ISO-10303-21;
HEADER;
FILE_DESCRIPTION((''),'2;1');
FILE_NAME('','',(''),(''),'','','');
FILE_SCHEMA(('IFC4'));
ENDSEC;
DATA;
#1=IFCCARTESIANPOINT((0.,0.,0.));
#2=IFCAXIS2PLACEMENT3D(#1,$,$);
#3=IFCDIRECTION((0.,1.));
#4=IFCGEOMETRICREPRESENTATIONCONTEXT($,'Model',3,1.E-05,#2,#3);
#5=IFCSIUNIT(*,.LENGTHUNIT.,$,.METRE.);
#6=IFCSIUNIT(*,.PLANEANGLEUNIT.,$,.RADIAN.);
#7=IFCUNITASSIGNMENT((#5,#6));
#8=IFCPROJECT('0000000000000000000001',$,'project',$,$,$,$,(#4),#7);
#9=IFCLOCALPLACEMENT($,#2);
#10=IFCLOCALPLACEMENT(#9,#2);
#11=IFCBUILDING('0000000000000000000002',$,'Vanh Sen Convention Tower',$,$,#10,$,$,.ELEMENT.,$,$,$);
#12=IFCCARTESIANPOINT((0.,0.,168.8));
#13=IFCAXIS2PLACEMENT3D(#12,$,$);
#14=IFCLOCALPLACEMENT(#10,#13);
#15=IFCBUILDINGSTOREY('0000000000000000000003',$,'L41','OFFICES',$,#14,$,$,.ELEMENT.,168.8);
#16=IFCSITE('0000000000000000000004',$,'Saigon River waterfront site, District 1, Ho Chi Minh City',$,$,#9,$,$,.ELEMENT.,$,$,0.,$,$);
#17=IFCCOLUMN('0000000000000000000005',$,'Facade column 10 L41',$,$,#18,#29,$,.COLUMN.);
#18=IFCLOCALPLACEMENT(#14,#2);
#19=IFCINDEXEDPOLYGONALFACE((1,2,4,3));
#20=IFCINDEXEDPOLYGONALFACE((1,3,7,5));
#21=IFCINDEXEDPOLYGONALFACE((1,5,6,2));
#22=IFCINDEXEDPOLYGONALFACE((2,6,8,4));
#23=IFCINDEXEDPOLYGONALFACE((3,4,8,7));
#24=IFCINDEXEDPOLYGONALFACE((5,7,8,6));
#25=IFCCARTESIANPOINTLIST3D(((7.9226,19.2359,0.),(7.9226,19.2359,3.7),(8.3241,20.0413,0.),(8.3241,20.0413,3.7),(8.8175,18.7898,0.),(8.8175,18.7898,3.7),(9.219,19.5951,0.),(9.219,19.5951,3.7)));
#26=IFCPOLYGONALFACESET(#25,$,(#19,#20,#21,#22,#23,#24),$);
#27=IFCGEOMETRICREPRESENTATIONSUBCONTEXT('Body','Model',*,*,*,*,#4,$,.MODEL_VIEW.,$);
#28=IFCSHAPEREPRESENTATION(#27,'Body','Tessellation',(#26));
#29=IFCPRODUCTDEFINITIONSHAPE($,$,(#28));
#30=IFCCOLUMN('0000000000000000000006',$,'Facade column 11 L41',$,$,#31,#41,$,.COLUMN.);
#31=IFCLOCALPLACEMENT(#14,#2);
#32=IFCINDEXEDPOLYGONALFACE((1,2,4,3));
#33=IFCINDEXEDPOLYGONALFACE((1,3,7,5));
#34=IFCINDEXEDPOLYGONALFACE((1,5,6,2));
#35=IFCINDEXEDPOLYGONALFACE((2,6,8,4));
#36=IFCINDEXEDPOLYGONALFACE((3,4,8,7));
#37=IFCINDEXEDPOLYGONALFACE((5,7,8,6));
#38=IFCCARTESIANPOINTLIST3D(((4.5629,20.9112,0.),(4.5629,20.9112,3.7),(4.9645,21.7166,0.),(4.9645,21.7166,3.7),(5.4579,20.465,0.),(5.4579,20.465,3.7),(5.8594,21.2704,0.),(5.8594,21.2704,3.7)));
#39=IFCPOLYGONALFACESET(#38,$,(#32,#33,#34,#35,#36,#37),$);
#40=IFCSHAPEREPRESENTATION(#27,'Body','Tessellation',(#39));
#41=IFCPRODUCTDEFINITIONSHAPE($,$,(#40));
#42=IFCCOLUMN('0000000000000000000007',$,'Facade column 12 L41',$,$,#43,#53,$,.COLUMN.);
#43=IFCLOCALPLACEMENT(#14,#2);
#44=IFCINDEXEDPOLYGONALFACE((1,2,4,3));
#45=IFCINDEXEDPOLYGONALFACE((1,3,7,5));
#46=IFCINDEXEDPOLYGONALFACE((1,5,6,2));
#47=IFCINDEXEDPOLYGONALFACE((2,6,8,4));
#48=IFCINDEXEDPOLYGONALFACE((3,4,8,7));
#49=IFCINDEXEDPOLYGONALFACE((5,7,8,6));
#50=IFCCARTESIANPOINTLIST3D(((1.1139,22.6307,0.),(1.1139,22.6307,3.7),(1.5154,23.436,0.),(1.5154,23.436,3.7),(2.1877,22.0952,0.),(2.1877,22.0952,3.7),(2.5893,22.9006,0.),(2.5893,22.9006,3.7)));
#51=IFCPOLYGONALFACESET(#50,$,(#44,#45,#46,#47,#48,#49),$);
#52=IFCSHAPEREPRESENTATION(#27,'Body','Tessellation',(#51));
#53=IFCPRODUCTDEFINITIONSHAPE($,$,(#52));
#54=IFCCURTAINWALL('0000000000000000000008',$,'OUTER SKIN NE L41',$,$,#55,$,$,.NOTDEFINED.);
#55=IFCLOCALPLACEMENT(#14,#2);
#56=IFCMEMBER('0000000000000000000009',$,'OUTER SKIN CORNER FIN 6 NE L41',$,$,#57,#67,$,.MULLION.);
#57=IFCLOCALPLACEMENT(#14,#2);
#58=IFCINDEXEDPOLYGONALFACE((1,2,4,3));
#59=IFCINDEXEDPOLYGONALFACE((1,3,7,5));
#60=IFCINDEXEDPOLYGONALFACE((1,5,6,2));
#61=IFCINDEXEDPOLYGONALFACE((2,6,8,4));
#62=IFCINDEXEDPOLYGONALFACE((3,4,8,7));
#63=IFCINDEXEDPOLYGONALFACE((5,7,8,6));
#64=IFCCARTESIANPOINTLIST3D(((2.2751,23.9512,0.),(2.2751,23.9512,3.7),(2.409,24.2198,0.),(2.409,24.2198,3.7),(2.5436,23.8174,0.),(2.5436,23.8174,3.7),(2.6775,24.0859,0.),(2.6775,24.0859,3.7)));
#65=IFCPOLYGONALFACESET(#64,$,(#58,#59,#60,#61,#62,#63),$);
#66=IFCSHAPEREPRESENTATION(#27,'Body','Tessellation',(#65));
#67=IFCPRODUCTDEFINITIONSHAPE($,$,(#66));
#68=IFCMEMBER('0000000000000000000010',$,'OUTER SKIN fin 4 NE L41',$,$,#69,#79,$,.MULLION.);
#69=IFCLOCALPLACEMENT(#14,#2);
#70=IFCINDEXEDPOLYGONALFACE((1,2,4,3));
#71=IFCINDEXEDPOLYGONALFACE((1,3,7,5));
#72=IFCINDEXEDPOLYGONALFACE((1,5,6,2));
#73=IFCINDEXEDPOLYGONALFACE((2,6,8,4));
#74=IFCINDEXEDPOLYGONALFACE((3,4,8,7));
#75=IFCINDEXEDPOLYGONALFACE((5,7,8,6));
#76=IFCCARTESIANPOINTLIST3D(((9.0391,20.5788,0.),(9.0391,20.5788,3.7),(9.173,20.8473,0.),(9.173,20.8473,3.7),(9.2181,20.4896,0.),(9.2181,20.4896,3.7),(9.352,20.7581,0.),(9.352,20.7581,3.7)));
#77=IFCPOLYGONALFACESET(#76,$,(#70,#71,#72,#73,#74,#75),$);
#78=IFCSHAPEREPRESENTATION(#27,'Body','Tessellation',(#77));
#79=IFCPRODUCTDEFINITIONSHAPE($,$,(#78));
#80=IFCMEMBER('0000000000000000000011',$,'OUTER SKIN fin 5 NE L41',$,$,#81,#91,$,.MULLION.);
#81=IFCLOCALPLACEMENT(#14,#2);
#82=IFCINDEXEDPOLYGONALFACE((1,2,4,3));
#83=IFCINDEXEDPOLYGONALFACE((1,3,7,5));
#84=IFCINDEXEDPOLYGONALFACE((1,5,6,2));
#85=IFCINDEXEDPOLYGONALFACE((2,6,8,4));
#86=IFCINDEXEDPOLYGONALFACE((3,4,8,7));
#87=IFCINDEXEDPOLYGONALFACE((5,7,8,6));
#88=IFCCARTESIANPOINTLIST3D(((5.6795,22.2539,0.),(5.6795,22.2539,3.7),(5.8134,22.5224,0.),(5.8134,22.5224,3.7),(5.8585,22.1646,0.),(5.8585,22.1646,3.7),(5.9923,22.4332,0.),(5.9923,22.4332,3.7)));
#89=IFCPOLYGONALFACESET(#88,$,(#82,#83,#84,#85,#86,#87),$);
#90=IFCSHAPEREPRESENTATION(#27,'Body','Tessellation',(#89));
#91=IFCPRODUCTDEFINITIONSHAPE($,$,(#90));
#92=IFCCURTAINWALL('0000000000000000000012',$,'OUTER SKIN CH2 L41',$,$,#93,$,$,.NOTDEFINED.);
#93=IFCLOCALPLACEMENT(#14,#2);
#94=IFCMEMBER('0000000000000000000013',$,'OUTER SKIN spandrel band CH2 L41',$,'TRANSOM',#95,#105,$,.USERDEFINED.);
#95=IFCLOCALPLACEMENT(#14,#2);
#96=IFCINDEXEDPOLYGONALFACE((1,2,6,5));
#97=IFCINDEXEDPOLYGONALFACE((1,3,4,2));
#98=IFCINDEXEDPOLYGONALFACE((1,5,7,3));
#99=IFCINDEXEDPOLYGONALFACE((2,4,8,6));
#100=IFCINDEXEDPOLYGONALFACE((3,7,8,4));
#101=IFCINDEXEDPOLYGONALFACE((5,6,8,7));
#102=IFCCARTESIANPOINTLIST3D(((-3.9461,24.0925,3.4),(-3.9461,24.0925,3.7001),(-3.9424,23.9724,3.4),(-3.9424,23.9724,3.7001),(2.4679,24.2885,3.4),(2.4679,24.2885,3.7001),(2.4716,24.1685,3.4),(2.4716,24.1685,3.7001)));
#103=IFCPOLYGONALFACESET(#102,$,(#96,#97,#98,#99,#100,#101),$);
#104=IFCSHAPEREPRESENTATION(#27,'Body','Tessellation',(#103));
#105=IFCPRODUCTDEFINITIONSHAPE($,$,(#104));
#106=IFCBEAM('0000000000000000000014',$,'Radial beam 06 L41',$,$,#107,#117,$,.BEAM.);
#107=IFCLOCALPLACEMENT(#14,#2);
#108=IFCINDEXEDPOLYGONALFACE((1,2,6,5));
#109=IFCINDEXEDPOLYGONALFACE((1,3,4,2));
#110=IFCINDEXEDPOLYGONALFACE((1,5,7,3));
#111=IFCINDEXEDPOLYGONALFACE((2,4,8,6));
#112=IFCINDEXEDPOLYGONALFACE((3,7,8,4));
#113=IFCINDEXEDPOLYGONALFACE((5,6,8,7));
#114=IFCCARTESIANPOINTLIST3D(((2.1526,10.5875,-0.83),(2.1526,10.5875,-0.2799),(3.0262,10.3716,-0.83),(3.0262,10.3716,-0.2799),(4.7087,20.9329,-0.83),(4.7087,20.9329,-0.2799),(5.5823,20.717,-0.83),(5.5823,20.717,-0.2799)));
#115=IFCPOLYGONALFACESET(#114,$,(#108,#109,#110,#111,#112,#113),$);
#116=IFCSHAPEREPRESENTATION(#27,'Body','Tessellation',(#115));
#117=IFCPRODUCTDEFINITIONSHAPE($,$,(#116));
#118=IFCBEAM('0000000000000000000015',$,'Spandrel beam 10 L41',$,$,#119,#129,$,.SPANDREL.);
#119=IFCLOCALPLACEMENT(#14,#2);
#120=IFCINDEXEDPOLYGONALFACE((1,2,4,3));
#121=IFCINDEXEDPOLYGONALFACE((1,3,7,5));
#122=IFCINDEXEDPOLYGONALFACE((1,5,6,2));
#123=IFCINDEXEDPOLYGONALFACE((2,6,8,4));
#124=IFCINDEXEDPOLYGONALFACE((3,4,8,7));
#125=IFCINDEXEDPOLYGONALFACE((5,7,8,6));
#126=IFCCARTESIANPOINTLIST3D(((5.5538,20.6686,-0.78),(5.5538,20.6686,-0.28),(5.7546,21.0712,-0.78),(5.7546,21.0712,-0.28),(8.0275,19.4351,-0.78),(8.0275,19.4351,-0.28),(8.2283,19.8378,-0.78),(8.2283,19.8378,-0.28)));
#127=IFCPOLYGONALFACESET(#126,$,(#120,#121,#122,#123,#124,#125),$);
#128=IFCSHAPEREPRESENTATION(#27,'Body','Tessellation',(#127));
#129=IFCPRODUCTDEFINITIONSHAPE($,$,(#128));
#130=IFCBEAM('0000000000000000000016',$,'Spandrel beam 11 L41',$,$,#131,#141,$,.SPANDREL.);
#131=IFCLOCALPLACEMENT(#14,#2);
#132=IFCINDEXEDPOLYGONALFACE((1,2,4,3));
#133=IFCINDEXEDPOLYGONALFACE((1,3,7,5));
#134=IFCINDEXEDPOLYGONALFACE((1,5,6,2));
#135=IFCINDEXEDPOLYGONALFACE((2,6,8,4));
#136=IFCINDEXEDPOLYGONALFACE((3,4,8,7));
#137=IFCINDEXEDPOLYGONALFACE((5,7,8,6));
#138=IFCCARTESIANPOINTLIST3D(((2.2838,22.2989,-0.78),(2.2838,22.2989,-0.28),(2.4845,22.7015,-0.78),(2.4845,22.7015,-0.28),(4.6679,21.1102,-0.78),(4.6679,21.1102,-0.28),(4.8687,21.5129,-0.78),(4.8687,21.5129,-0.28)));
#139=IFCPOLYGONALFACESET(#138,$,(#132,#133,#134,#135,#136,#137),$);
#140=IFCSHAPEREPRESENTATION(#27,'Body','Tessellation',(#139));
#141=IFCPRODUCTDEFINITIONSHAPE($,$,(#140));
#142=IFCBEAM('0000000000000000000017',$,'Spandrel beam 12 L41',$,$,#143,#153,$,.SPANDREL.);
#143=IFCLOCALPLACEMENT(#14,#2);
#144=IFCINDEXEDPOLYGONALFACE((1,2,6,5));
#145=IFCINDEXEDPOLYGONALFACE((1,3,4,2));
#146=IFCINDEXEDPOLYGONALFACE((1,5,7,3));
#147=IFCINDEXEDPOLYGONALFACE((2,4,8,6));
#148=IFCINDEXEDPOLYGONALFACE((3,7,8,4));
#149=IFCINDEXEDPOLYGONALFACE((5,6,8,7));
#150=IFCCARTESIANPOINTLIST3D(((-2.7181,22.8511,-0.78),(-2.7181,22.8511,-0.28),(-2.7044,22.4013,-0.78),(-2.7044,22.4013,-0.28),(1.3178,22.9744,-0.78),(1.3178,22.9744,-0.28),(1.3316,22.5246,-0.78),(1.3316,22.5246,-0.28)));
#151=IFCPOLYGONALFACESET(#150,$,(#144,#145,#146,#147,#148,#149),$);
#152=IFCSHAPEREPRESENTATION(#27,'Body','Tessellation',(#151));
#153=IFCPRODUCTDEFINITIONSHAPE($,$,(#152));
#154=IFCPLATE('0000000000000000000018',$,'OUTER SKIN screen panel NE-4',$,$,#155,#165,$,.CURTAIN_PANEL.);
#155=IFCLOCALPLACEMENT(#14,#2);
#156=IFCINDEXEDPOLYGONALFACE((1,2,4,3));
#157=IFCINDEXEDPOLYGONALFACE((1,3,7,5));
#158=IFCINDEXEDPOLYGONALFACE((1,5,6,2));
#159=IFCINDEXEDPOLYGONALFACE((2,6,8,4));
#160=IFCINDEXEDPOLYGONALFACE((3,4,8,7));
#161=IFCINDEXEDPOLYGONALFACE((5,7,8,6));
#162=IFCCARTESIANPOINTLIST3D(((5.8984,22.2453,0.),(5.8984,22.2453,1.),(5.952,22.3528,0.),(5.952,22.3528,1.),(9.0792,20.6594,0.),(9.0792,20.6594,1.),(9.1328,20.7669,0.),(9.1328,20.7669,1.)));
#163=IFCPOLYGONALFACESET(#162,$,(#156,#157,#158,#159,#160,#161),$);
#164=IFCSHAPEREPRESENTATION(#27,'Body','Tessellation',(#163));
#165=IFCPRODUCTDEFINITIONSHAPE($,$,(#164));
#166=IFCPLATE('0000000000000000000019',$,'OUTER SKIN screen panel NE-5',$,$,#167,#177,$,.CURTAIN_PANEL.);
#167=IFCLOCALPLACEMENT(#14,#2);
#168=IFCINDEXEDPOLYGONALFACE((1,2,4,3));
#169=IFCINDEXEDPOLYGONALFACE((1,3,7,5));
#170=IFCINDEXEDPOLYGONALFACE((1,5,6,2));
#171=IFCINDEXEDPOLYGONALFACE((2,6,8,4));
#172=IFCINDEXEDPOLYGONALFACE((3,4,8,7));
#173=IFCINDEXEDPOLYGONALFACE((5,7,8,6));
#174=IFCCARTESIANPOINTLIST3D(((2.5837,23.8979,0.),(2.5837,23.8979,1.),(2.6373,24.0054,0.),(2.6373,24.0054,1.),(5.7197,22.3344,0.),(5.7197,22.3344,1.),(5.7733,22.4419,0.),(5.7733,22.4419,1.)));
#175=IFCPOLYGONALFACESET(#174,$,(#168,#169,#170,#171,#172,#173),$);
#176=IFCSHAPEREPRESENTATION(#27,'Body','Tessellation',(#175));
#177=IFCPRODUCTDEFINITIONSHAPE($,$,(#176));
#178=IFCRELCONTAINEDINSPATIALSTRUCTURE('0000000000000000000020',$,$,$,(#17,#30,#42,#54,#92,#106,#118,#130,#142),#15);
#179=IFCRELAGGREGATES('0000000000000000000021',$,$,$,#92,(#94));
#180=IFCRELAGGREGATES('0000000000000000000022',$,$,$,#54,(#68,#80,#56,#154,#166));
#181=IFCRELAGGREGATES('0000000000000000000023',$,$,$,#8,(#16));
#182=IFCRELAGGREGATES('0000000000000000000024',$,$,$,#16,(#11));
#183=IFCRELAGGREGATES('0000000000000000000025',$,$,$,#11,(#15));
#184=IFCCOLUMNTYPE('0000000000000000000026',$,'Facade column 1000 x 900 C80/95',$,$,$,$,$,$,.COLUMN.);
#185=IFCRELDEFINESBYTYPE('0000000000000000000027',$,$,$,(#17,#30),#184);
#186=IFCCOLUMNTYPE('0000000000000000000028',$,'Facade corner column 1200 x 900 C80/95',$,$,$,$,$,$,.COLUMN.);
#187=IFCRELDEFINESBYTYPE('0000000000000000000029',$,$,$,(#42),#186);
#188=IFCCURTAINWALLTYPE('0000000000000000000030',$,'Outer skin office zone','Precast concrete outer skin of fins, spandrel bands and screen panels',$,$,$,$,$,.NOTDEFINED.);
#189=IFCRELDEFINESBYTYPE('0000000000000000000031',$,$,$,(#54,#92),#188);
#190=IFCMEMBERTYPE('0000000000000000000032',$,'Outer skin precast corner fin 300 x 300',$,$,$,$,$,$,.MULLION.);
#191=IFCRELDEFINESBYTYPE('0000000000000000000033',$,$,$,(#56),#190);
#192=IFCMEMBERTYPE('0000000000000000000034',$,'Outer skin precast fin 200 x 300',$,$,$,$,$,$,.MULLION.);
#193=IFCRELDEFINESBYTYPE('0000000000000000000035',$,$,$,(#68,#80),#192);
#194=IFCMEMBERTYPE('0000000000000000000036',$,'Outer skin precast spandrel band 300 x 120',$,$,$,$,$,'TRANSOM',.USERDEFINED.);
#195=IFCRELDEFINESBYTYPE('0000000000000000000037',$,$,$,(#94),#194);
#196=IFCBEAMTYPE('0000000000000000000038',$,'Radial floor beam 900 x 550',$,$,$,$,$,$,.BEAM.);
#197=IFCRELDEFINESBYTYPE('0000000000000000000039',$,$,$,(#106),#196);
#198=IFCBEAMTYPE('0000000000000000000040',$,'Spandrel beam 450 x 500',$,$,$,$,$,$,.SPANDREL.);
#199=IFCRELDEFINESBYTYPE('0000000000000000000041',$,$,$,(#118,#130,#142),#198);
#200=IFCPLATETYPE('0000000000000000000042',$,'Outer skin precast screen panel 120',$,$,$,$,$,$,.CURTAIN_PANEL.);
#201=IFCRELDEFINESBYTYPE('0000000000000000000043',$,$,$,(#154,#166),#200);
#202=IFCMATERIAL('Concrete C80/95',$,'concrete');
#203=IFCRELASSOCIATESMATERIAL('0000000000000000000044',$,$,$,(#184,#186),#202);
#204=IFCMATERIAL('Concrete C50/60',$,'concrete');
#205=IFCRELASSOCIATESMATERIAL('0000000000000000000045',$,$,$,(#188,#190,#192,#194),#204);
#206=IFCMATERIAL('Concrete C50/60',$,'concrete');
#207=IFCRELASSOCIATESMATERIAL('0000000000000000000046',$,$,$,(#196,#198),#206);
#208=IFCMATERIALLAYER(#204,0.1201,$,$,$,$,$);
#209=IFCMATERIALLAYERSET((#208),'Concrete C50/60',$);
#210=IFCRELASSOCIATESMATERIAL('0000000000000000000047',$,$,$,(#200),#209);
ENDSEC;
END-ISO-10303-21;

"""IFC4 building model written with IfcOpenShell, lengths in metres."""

from ifc_helpers import new_model, si_unit, direction, frame, origin, origin_2d, place, context, subcontext, project, spatial, rectangle, extrude, material, layer, layer_set, material_profile, profile_set, type_object, element, aggregate, save


model = new_model("IFC4")

# Units and contexts
model_context = context("Model", 3, precision=1e-05, world=origin(), true_north=direction((0.0, 1.0)))
body_context = subcontext(model_context, "Body", "Model", "MODEL_VIEW")
ifc_project = project(units=[si_unit("LENGTHUNIT", "METRE"), si_unit("PLANEANGLEUNIT", "RADIAN")], contexts=[model_context])

# Site, building, storey
site_placement = place(None, origin())
site = spatial("IfcSite", under=ifc_project, at=site_placement, Name="Saigon River waterfront site, District 1, Ho Chi Minh City", CompositionType="ELEMENT", RefElevation=0.0)
building_placement = place(site_placement, origin())
building = spatial("IfcBuilding", under=site, at=building_placement, Name="Vanh Sen Convention Tower", CompositionType="ELEMENT")
storey_placement = place(building_placement, frame((0.0, 0.0, 168.8)))
storey = spatial("IfcBuildingStorey", under=building, at=storey_placement, Name="L41", Description="OFFICES", CompositionType="ELEMENT", Elevation=168.8)

# Columns
ifc_material_1 = material(Name="Concrete C80/95", Category="concrete")
ifc_material_profile_1 = material_profile(ifc_material_1, rectangle(XDim=1.0, YDim=0.8999, at=origin_2d()), Name="RC 1000X900")
ifc_profile_set_1 = profile_set([ifc_material_profile_1], Name="Concrete C80/95")
column_type_1 = type_object("IfcColumnType", Name="Facade column 1000 x 900 C80/95", PredefinedType="COLUMN", material=ifc_profile_set_1)
for number, where, z_axis, x_axis, name in (
    (1, (8.5708, 19.4155, 0.0), (0.0, 0.0, 1.0), (-0.894934, 0.446198, 0.0), "Facade column 10 L41"),
    (2, (5.2112, 21.0908, 0.0), (0.0, 0.0, 1.0), (-0.894934, 0.446198, 0.0), "Facade column 11 L41"),
):
    element("IfcColumn", number, at=place(storey_placement, frame(where, z_axis=z_axis, x_axis=x_axis)), inside=storey, type_object=column_type_1, Name=name, PredefinedType="COLUMN", context=body_context, shape_type="SweptSolid", body=[
        extrude(rectangle(XDim=1.0, YDim=0.8999, at=origin_2d()), origin(), (0.0, 0.0, 1.0), 3.7),
    ])
ifc_material_profile_2 = material_profile(ifc_material_1, rectangle(XDim=1.2, YDim=0.8999, at=origin_2d()), Name="RC 1200X900")
ifc_profile_set_2 = profile_set([ifc_material_profile_2], Name="Concrete C80/95")
column_type_2 = type_object("IfcColumnType", Name="Facade corner column 1200 x 900 C80/95", PredefinedType="COLUMN", material=ifc_profile_set_2)
column_placement = place(storey_placement, frame((1.8516, 22.7656, 0.0), z_axis=(0.0, 0.0, 1.0), x_axis=(-0.894934, 0.446198, 0.0)))
element("IfcColumn", 3, at=column_placement, inside=storey, type_object=column_type_2, Name="Facade column 12 L41", PredefinedType="COLUMN", context=body_context, shape_type="SweptSolid", body=[
    extrude(rectangle(XDim=1.2, YDim=0.8999, at=origin_2d()), origin(), (0.0, 0.0, 1.0), 3.7),
])

# Curtain wall, members
ifc_material_2 = material(Name="Concrete C50/60", Category="concrete")
curtain_wall_type = type_object("IfcCurtainWallType", Name="Outer skin office zone", Description="Precast concrete outer skin of fins, spandrel bands and screen panels", PredefinedType="NOTDEFINED", material=ifc_material_2)
curtain_wall_1_placement = place(storey_placement, origin())
curtain_wall_1 = element("IfcCurtainWall", 4, at=curtain_wall_1_placement, inside=storey, type_object=curtain_wall_type, Name="OUTER SKIN NE L41", PredefinedType="NOTDEFINED")
ifc_material_profile_3 = material_profile(ifc_material_2, rectangle(XDim=0.3, YDim=0.3, at=origin_2d()), Name="Outer skin precast corner fin 300 x 300")
ifc_profile_set_3 = profile_set([ifc_material_profile_3], Name="Concrete C50/60")
member_type_1 = type_object("IfcMemberType", Name="Outer skin precast corner fin 300 x 300", PredefinedType="MULLION", material=ifc_profile_set_3)
member_1_placement = place(storey_placement, frame((2.4763, 24.0186, 0.0), z_axis=(0.0, 0.0, 1.0), x_axis=(-0.894934, 0.446198, 0.0)))
member_1 = element("IfcMember", 5, at=member_1_placement, type_object=member_type_1, Name="OUTER SKIN CORNER FIN 6 NE L41", PredefinedType="MULLION", context=body_context, shape_type="SweptSolid", body=[
    extrude(rectangle(XDim=0.3, YDim=0.3, at=origin_2d()), origin(), (0.0, 0.0, 1.0), 3.7),
])
ifc_material_profile_4 = material_profile(ifc_material_2, rectangle(XDim=0.2, YDim=0.3, at=origin_2d()), Name="Outer skin precast fin 200 x 300")
ifc_profile_set_4 = profile_set([ifc_material_profile_4], Name="Concrete C50/60")
member_type_2 = type_object("IfcMemberType", Name="Outer skin precast fin 200 x 300", PredefinedType="MULLION", material=ifc_profile_set_4)
member_2_placement = place(storey_placement, frame((9.1956, 20.6685, 0.0), z_axis=(0.0, 0.0, 1.0), x_axis=(-0.894934, 0.446198, 0.0)))
member_2 = element("IfcMember", 6, at=member_2_placement, type_object=member_type_2, Name="OUTER SKIN fin 4 NE L41", PredefinedType="MULLION", context=body_context, shape_type="SweptSolid", body=[
    extrude(rectangle(XDim=0.2, YDim=0.3, at=origin_2d()), origin(), (0.0, 0.0, 1.0), 3.7),
])
member_3_placement = place(storey_placement, frame((5.8359, 22.3435, 0.0), z_axis=(0.0, 0.0, 1.0), x_axis=(-0.894934, 0.446198, 0.0)))
member_3 = element("IfcMember", 7, at=member_3_placement, type_object=member_type_2, Name="OUTER SKIN fin 5 NE L41", PredefinedType="MULLION", context=body_context, shape_type="SweptSolid", body=[
    extrude(rectangle(XDim=0.2, YDim=0.3, at=origin_2d()), origin(), (0.0, 0.0, 1.0), 3.7),
])

# Curtain wall, member
curtain_wall_2_placement = place(storey_placement, origin())
curtain_wall_2 = element("IfcCurtainWall", 8, at=curtain_wall_2_placement, inside=storey, type_object=curtain_wall_type, Name="OUTER SKIN CH2 L41", PredefinedType="NOTDEFINED")
ifc_material_profile_5 = material_profile(ifc_material_2, rectangle(XDim=0.1201, YDim=0.3, at=origin_2d()), Name="Outer skin precast spandrel band 300 x 120")
ifc_profile_set_5 = profile_set([ifc_material_profile_5], Name="Concrete C50/60")
member_type_3 = type_object("IfcMemberType", Name="Outer skin precast spandrel band 300 x 120", ElementType="TRANSOM", PredefinedType="USERDEFINED", material=ifc_profile_set_5)
member_4_placement = place(storey_placement, frame((2.4697, 24.2285, 3.55), z_axis=(-0.999533, -0.030551, 0.0), x_axis=(0.030551, -0.999533, 0.0)))
member_4 = element("IfcMember", 9, at=member_4_placement, type_object=member_type_3, Name="OUTER SKIN spandrel band CH2 L41", ObjectType="TRANSOM", PredefinedType="USERDEFINED", context=body_context, shape_type="SweptSolid", body=[
    extrude(rectangle(XDim=0.1201, YDim=0.3, at=origin_2d()), origin(), (0.0, 0.0, 1.0), 6.417),
])
aggregate(curtain_wall_2, [member_4])

# Beams
ifc_material_3 = material(Name="Concrete C50/60", Category="concrete")
ifc_material_profile_6 = material_profile(ifc_material_3, rectangle(XDim=0.8999, YDim=0.55, at=origin_2d()), Name="RC 900X550")
ifc_profile_set_6 = profile_set([ifc_material_profile_6], Name="Concrete C50/60")
beam_type_1 = type_object("IfcBeamType", Name="Radial floor beam 900 x 550", PredefinedType="BEAM", material=ifc_profile_set_6)
beam_1_placement = place(storey_placement, frame((5.1455, 20.825, -0.5549), z_axis=(-0.239866, -0.970806, 0.0), x_axis=(0.970806, -0.239866, 0.0)))
element("IfcBeam", 10, at=beam_1_placement, inside=storey, type_object=beam_type_1, Name="Radial beam 06 L41", PredefinedType="BEAM", context=body_context, shape_type="SweptSolid", body=[
    extrude(rectangle(XDim=0.8999, YDim=0.55, at=origin_2d()), origin(), (0.0, 0.0, 1.0), 10.6565),
])
ifc_material_profile_7 = material_profile(ifc_material_3, rectangle(XDim=0.45, YDim=0.5, at=origin_2d()), Name="RC 450X500")
ifc_profile_set_7 = profile_set([ifc_material_profile_7], Name="Concrete C50/60")
beam_type_2 = type_object("IfcBeamType", Name="Spandrel beam 450 x 500", PredefinedType="SPANDREL", material=ifc_profile_set_7)
beam_2_placement = place(storey_placement, frame((8.1279, 19.6365, -0.53), z_axis=(-0.894921, 0.446224, 0.0), x_axis=(-0.446224, -0.894921, 0.0)))
element("IfcBeam", 11, at=beam_2_placement, inside=storey, type_object=beam_type_2, Name="Spandrel beam 10 L41", PredefinedType="SPANDREL", context=body_context, shape_type="SweptSolid", body=[
    extrude(rectangle(XDim=0.45, YDim=0.5, at=origin_2d()), origin(), (0.0, 0.0, 1.0), 2.7642),
])
beam_3_placement = place(storey_placement, frame((4.7683, 21.3115, -0.53), z_axis=(-0.89494, 0.446187, 0.0), x_axis=(-0.446187, -0.89494, 0.0)))
element("IfcBeam", 12, at=beam_3_placement, inside=storey, type_object=beam_type_2, Name="Spandrel beam 11 L41", PredefinedType="SPANDREL", context=body_context, shape_type="SweptSolid", body=[
    extrude(rectangle(XDim=0.45, YDim=0.5, at=origin_2d()), origin(), (0.0, 0.0, 1.0), 2.6641),
])
beam_4_placement = place(storey_placement, frame((1.3247, 22.7495, -0.53), z_axis=(-0.999534, -0.030534, 0.0), x_axis=(0.030534, -0.999534, 0.0)))
element("IfcBeam", 13, at=beam_4_placement, inside=storey, type_object=beam_type_2, Name="Spandrel beam 12 L41", PredefinedType="SPANDREL", context=body_context, shape_type="SweptSolid", body=[
    extrude(rectangle(XDim=0.45, YDim=0.5, at=origin_2d()), origin(), (0.0, 0.0, 1.0), 4.0378),
])

# Plates
ifc_layer_1 = layer(ifc_material_2, 0.1201)
ifc_layer_set_1 = layer_set([ifc_layer_1], Name="Concrete C50/60")
plate_type = type_object("IfcPlateType", Name="Outer skin precast screen panel 120", PredefinedType="CURTAIN_PANEL", material=ifc_layer_set_1)
plate_1_placement = place(storey_placement, frame((7.5156, 21.5061, 0.0), z_axis=(0.0, 0.0, 1.0), x_axis=(-0.894933, 0.446201, 0.0)))
plate_1 = element("IfcPlate", 14, at=plate_1_placement, type_object=plate_type, Name="OUTER SKIN screen panel NE-4", PredefinedType="CURTAIN_PANEL", context=body_context, shape_type="SweptSolid", body=[
    extrude(rectangle(XDim=3.5542, YDim=0.1201, at=origin_2d()), origin(), (0.0, 0.0, 1.0), 1.0),
])
plate_2_placement = place(storey_placement, frame((4.1785, 23.1699, 0.0), z_axis=(0.0, 0.0, 1.0), x_axis=(-0.894944, 0.446179, 0.0)))
plate_2 = element("IfcPlate", 15, at=plate_2_placement, type_object=plate_type, Name="OUTER SKIN screen panel NE-5", PredefinedType="CURTAIN_PANEL", context=body_context, shape_type="SweptSolid", body=[
    extrude(rectangle(XDim=3.5042, YDim=0.1201, at=origin_2d()), origin(), (0.0, 0.0, 1.0), 1.0),
])
aggregate(curtain_wall_1, [member_2, member_3, member_1, plate_1, plate_2])

save(model, "model.ifc")
